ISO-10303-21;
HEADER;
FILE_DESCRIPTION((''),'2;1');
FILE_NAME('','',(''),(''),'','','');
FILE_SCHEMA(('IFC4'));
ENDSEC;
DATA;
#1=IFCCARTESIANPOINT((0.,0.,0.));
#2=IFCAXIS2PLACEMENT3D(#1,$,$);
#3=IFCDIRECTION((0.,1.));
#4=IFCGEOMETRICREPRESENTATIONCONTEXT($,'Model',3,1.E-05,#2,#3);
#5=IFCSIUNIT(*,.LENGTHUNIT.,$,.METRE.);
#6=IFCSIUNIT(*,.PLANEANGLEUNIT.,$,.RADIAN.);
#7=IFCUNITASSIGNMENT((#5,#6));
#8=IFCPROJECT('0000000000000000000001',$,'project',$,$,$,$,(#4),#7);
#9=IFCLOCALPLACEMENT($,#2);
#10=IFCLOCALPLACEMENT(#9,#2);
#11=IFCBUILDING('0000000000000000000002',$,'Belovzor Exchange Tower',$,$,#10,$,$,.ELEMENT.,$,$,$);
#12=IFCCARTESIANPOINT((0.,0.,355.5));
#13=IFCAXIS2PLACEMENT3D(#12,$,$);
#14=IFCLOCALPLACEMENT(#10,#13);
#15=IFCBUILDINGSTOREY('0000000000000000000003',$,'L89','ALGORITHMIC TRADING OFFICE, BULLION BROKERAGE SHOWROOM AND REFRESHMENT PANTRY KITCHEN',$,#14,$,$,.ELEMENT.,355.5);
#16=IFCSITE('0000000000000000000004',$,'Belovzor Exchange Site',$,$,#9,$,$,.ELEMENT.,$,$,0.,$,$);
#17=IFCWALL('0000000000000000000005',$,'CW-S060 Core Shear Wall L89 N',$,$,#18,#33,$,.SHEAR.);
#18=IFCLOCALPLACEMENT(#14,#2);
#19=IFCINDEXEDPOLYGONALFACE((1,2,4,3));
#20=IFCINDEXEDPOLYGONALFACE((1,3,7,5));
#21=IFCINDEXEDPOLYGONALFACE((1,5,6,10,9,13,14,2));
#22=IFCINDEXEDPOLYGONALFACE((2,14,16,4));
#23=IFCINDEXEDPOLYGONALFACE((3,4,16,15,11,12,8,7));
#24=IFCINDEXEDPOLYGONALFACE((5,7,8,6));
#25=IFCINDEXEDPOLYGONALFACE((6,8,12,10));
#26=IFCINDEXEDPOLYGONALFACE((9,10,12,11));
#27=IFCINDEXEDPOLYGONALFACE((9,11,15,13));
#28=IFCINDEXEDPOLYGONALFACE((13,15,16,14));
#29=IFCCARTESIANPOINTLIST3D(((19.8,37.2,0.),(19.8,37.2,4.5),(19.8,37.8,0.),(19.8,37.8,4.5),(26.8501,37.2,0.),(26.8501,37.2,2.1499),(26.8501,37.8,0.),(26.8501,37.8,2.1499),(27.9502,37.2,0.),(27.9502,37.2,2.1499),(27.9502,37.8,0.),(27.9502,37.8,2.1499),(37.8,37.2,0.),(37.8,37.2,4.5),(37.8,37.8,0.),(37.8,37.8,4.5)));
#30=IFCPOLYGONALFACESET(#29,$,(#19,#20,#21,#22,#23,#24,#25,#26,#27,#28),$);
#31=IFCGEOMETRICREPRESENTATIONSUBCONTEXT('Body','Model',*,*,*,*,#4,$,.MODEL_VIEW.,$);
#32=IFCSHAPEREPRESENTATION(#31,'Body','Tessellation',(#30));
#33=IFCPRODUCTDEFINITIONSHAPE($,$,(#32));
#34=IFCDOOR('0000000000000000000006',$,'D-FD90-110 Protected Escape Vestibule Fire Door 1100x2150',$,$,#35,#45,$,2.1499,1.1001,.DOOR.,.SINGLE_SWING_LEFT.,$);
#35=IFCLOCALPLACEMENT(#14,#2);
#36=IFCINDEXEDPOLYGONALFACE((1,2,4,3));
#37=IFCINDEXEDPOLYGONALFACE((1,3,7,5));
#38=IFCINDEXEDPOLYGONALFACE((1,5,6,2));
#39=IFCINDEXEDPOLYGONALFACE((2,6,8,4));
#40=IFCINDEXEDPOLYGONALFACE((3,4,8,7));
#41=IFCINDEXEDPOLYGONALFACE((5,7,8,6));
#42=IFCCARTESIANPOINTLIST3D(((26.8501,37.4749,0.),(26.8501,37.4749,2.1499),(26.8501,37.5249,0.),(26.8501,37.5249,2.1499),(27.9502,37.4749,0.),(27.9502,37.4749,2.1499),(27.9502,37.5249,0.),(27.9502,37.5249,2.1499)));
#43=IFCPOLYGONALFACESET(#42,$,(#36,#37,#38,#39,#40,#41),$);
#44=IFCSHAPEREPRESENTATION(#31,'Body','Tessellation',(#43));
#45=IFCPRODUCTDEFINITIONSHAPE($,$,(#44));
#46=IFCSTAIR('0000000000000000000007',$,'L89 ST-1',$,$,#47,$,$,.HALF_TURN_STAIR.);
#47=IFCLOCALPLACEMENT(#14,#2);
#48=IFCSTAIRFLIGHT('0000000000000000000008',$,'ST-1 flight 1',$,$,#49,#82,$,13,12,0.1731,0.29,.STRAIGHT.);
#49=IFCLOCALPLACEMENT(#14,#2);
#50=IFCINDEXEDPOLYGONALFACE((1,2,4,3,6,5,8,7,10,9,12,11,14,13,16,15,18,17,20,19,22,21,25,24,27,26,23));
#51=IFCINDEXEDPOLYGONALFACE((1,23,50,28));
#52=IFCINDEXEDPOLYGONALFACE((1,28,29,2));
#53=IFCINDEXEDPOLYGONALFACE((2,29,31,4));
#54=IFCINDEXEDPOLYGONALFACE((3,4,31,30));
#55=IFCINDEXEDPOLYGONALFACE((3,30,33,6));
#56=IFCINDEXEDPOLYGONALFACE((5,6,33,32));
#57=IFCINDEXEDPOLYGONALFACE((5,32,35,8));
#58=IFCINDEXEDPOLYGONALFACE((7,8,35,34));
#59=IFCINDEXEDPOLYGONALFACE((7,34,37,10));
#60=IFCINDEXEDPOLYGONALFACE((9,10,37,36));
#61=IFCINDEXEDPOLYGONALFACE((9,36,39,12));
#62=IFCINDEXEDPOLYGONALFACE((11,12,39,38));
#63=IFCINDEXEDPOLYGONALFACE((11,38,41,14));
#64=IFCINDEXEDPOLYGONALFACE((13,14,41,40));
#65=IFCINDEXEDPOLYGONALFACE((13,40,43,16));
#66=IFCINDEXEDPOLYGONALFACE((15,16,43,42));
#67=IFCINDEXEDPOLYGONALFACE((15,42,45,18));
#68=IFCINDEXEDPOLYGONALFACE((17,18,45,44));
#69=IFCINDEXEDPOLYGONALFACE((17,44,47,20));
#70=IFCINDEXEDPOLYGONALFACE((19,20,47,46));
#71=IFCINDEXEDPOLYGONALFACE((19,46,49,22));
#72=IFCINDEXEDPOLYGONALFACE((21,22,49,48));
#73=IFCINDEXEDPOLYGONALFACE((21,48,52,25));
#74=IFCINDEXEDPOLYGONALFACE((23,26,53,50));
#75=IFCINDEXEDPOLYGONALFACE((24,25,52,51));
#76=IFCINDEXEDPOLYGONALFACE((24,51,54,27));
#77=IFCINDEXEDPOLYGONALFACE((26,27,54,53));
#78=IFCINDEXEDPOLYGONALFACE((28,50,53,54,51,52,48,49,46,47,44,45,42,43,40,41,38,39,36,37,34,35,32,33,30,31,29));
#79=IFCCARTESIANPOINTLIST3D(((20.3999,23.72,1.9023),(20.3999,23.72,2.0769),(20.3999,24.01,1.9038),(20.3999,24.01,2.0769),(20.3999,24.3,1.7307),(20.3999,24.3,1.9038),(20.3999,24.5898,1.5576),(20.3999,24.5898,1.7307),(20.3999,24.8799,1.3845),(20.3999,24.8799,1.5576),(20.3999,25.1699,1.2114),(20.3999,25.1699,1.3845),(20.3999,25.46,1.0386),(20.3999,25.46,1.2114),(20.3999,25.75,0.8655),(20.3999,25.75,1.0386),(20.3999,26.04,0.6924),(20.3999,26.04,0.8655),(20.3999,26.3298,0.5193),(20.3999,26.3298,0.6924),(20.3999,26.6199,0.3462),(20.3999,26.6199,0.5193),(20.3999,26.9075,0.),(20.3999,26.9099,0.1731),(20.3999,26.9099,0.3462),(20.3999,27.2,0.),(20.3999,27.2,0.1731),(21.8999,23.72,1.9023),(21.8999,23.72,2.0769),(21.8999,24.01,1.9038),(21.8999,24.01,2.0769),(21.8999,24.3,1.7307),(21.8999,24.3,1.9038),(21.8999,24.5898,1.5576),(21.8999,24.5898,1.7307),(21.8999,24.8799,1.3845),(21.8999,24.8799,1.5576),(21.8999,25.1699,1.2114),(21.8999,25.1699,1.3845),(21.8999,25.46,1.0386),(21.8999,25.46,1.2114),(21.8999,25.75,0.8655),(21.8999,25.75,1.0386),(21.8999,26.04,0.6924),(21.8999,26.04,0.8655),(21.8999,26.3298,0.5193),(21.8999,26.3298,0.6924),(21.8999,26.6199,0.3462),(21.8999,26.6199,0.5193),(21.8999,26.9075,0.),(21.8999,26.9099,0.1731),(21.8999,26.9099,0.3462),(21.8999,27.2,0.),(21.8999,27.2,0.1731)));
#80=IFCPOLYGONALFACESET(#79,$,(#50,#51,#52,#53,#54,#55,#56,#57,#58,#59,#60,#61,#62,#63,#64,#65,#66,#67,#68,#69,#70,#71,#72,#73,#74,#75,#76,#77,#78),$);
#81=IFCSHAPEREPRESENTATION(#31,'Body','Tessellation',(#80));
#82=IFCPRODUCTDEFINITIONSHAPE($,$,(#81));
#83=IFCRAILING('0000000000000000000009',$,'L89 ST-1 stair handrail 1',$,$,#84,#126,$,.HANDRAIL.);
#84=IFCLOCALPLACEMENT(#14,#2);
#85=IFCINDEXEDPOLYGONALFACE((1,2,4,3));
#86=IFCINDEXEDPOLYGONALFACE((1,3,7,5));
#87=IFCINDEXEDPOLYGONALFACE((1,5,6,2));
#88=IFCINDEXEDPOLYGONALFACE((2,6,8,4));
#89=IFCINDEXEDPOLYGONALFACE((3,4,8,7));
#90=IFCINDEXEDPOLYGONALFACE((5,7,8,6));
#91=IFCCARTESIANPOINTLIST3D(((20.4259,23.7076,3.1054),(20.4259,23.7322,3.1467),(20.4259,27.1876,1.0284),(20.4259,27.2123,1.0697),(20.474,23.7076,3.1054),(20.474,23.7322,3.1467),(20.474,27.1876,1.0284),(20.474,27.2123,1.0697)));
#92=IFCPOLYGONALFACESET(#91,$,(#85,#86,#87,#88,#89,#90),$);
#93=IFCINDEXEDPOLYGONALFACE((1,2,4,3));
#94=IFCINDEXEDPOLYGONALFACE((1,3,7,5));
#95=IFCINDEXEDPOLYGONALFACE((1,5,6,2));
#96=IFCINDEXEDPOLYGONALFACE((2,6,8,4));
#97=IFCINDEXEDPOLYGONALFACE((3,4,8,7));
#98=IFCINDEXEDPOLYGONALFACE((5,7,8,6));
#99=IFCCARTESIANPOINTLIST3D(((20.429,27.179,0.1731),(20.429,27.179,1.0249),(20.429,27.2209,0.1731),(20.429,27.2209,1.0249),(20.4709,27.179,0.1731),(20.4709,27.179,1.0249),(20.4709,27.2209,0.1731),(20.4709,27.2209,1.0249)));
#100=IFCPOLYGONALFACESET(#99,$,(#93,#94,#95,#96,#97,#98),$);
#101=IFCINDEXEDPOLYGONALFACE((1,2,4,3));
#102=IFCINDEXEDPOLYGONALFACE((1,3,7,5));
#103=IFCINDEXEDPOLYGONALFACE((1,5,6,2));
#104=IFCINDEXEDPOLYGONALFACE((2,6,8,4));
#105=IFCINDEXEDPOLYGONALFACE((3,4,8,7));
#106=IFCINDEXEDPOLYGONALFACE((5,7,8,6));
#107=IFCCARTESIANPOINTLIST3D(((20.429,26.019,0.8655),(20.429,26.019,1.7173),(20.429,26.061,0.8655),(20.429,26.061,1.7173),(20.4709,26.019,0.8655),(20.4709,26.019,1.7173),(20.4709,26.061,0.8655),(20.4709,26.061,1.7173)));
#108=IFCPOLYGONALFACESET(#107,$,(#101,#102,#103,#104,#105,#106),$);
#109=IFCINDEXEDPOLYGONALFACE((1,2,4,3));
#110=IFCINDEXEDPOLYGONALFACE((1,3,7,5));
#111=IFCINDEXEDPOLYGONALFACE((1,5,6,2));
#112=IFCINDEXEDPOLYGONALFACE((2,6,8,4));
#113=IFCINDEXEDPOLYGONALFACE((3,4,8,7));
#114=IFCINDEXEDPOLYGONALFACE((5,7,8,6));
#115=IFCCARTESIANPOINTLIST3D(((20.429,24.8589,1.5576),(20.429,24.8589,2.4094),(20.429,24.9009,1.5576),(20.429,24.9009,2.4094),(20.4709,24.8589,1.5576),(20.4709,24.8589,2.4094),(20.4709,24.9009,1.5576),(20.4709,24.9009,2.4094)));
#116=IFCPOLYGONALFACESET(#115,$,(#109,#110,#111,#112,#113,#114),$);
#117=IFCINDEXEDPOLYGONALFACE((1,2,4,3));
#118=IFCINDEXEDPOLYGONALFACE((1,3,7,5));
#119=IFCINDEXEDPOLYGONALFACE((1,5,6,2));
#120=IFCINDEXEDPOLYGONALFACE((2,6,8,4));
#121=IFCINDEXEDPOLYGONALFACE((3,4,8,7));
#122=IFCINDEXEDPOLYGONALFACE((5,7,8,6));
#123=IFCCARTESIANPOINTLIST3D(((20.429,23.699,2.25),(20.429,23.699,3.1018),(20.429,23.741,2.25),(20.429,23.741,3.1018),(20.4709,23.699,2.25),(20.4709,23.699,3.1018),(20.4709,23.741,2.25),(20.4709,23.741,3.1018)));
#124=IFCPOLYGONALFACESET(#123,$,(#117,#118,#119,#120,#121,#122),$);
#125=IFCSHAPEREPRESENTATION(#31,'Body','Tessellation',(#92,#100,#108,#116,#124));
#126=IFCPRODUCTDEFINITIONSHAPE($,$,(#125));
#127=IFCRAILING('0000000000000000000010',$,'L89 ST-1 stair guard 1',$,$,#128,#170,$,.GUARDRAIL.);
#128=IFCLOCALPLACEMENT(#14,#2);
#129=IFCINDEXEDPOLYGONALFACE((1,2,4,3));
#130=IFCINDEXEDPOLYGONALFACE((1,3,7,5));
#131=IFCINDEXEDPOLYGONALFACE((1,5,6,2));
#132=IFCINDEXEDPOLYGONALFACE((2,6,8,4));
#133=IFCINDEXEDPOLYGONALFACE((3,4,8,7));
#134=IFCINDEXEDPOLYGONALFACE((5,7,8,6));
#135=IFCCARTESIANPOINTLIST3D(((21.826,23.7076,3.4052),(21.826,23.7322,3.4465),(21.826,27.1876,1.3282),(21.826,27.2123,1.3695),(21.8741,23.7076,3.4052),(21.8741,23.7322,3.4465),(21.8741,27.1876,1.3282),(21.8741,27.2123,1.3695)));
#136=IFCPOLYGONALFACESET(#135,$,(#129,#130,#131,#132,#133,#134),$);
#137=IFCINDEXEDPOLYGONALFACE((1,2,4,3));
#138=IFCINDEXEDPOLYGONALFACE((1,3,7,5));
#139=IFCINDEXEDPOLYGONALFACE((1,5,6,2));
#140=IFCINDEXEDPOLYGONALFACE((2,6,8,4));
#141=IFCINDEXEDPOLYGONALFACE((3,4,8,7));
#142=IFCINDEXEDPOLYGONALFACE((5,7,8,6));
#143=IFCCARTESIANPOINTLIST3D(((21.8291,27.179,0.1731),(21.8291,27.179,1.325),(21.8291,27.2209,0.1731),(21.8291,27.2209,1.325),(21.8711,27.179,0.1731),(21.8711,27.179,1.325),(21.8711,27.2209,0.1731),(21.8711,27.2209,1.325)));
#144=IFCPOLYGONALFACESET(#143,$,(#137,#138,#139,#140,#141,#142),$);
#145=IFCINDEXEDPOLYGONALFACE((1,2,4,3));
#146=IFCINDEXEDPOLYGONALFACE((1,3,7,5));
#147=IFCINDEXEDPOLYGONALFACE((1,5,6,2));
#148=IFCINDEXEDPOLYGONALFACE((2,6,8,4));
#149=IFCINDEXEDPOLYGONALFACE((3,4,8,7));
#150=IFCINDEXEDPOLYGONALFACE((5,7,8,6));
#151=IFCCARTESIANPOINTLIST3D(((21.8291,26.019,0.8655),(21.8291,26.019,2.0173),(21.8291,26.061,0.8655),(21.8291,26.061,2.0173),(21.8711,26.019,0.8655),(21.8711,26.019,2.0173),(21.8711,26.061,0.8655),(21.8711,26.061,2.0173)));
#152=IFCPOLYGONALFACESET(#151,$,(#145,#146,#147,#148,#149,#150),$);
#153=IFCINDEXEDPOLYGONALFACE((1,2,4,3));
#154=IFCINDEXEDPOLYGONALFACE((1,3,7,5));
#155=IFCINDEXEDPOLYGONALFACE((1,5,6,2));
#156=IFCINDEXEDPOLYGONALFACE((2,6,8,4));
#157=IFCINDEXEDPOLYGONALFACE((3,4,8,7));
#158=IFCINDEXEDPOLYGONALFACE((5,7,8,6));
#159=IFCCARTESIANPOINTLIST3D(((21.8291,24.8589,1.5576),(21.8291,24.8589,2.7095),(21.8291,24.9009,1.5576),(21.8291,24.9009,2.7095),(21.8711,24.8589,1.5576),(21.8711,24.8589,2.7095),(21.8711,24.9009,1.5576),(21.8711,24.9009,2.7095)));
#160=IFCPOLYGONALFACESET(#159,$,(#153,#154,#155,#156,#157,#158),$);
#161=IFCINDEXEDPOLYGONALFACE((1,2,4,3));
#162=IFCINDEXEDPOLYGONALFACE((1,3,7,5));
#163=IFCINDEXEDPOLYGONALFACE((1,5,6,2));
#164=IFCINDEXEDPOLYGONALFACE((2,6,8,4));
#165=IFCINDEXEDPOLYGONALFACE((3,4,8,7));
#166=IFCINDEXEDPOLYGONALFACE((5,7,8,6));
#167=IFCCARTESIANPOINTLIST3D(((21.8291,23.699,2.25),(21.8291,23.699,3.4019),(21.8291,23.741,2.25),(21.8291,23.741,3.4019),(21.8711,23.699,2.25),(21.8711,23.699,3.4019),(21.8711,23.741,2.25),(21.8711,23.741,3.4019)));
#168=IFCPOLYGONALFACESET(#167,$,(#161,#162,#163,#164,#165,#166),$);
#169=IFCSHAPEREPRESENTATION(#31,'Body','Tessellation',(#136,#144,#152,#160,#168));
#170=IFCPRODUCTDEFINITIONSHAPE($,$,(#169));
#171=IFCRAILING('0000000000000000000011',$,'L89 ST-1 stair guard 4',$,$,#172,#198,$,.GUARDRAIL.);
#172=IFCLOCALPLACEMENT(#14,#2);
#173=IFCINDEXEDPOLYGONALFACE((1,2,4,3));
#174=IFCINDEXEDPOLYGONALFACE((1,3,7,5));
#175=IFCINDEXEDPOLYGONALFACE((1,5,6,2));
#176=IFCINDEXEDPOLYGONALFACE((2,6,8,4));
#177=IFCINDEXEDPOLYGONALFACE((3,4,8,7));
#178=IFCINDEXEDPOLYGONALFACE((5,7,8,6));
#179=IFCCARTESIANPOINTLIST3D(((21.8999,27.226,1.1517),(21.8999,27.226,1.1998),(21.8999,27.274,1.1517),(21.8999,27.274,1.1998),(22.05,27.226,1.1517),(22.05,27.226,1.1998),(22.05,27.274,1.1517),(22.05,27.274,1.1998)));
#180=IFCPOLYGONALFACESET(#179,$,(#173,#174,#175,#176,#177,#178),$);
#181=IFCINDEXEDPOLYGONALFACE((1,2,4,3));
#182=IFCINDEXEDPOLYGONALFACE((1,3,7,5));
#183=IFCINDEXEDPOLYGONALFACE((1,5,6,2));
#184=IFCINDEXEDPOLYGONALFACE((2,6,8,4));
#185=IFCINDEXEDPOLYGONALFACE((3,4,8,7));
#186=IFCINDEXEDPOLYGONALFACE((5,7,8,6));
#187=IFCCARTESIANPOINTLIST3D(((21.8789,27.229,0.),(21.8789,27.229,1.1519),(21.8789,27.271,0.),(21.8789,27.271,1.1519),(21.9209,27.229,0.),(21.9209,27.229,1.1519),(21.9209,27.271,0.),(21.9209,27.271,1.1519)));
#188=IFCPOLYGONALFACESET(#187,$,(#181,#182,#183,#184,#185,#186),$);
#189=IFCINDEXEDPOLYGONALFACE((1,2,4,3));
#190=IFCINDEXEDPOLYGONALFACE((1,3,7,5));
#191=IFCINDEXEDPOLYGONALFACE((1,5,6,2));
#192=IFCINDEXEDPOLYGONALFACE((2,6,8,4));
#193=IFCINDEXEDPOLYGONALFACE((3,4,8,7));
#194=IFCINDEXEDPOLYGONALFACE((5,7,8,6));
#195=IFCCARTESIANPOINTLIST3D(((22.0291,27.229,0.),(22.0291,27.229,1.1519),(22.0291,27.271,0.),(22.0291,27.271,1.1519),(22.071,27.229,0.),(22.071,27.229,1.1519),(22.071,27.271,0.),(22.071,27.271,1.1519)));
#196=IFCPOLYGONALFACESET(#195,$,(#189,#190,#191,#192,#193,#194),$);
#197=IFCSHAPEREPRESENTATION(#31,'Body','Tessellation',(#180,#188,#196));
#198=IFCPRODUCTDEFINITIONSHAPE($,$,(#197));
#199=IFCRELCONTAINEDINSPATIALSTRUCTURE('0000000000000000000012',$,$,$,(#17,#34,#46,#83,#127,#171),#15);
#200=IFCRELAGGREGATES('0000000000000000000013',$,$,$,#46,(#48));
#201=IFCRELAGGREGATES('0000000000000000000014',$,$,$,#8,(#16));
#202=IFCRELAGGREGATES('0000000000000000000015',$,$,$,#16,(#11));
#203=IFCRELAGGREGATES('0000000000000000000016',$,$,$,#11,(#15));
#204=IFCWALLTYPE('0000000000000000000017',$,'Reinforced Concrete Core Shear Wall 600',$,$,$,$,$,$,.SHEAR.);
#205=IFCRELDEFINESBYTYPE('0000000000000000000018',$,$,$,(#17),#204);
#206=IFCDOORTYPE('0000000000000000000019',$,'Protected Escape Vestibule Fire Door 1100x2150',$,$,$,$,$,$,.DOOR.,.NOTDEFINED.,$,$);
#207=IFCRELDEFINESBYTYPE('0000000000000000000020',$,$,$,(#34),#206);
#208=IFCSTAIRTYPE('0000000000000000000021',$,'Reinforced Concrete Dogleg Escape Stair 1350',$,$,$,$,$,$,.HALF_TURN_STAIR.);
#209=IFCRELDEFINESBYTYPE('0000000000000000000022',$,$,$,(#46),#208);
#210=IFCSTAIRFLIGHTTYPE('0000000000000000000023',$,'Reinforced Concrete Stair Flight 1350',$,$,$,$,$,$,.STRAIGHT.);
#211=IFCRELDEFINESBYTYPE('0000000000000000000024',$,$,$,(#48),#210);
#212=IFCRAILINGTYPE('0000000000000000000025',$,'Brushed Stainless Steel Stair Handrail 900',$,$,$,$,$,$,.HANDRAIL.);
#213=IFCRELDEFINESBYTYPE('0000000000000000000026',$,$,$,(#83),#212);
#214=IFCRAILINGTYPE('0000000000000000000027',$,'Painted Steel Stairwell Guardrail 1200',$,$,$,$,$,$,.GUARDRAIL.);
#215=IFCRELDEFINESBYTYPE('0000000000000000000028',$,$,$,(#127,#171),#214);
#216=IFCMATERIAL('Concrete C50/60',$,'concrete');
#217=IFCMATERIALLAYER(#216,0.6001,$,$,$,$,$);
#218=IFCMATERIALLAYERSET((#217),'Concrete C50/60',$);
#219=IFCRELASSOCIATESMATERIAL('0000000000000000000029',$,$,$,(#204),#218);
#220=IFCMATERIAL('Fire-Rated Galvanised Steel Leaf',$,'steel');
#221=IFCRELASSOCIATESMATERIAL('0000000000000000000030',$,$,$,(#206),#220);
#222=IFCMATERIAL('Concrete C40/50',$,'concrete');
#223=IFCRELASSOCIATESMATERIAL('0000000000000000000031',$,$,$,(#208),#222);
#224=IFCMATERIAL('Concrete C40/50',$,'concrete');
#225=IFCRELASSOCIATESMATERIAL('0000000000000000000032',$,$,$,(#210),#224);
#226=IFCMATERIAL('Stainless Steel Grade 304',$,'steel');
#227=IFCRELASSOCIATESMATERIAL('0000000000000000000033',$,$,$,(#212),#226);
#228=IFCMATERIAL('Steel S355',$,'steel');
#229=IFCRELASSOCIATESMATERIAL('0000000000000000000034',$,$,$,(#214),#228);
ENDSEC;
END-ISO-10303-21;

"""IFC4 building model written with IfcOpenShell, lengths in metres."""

from ifc_helpers import new_model, si_unit, direction, frame, frame_2d, origin, origin_2d, place, context, subcontext, project, spatial, polyline, rectangle, outline, extrude, material, layer, layer_set, type_object, element, fill, aggregate, save


model = new_model("IFC4")

# Units and contexts
model_context = context("Model", 3, precision=1e-05, world=origin(), true_north=direction((0.0, 1.0)))
body_context = subcontext(model_context, "Body", "Model", "MODEL_VIEW")
ifc_project = project(units=[si_unit("LENGTHUNIT", "METRE"), si_unit("PLANEANGLEUNIT", "RADIAN")], contexts=[model_context])

# Site, building, storey
site_placement = place(None, origin())
site = spatial("IfcSite", under=ifc_project, at=site_placement, Name="Belovzor Exchange Site", CompositionType="ELEMENT", RefElevation=0.0)
building_placement = place(site_placement, origin())
building = spatial("IfcBuilding", under=site, at=building_placement, Name="Belovzor Exchange Tower", CompositionType="ELEMENT")
storey_placement = place(building_placement, frame((0.0, 0.0, 355.5)))
storey = spatial("IfcBuildingStorey", under=building, at=storey_placement, Name="L89", Description="ALGORITHMIC TRADING OFFICE, BULLION BROKERAGE SHOWROOM AND REFRESHMENT PANTRY KITCHEN", CompositionType="ELEMENT", Elevation=355.5)

# Wall, opening, door
ifc_material_1 = material(Name="Concrete C50/60", Category="concrete")
ifc_layer_1 = layer(ifc_material_1, 0.6001)
ifc_layer_set_1 = layer_set([ifc_layer_1], Name="Concrete C50/60")
wall_type_1 = type_object("IfcWallType", Name="Reinforced Concrete Core Shear Wall 600", PredefinedType="SHEAR", material=ifc_layer_set_1)
wall_1_placement = place(storey_placement, frame((19.8, 37.5, 0.0), z_axis=(0.0, 0.0, 1.0), x_axis=(1.0, 0.0, 0.0)))
wall_1 = element("IfcWall", 1, at=wall_1_placement, inside=storey, type_object=wall_type_1, Name="CW-S060 Core Shear Wall L89 N", PredefinedType="SHEAR", context=body_context, shape_type="SweptSolid", body=[
    extrude(rectangle(XDim=18.0, YDim=0.6001, at=frame_2d((9.0, 0.0))), origin(), (0.0, 0.0, 1.0), 4.5),
])
opening_1_placement = place(wall_1_placement, frame((7.05, 0.0, 0.0)))
opening_1 = element("IfcOpeningElement", 2, at=opening_1_placement, cuts=wall_1, PredefinedType="OPENING", context=body_context, shape_type="SweptSolid", body=[
    extrude(rectangle(XDim=1.1001, YDim=2.1499, at=frame_2d((0.55, 1.075))), frame((0.0, 0.3101, 0.0), z_axis=(0.0, -1.0, 0.0), x_axis=(1.0, 0.0, 0.0)), (0.0, 0.0, 1.0), 0.6201),
])
ifc_material_2 = material(Name="Fire-Rated Galvanised Steel Leaf", Category="steel")
door_type_1 = type_object("IfcDoorType", Name="Protected Escape Vestibule Fire Door 1100x2150", OperationType="NOTDEFINED", PredefinedType="DOOR", material=ifc_material_2)
door_1_placement = place(opening_1_placement, origin())
door_1 = element("IfcDoor", 3, at=door_1_placement, inside=storey, type_object=door_type_1, Name="D-FD90-110 Protected Escape Vestibule Fire Door 1100x2150", OperationType="SINGLE_SWING_LEFT", OverallHeight=2.1499, OverallWidth=1.1001, PredefinedType="DOOR", context=body_context, shape_type="SweptSolid", body=[
    extrude(rectangle(XDim=1.1001, YDim=2.1499, at=frame_2d((0.55, 1.075))), frame((0.0, 0.0249, 0.0), z_axis=(0.0, -1.0, 0.0), x_axis=(1.0, 0.0, 0.0)), (0.0, 0.0, 1.0), 0.05),
])
fill(opening_1, door_1)

# Stair, stair flight
ifc_material_3 = material(Name="Concrete C40/50", Category="concrete")
stair_type = type_object("IfcStairType", Name="Reinforced Concrete Dogleg Escape Stair 1350", PredefinedType="HALF_TURN_STAIR", material=ifc_material_3)
stair_placement = place(storey_placement, origin())
stair = element("IfcStair", 4, at=stair_placement, inside=storey, type_object=stair_type, Name="L89 ST-1", PredefinedType="HALF_TURN_STAIR")
ifc_material_4 = material(Name="Concrete C40/50", Category="concrete")
stair_flight_type = type_object("IfcStairFlightType", Name="Reinforced Concrete Stair Flight 1350", PredefinedType="STRAIGHT", material=ifc_material_4)
stair_flight_placement = place(storey_placement, frame((21.1499, 27.2, 0.0), z_axis=(0.0, 0.0, 1.0), x_axis=(0.0, -1.0, 0.0)))
stair_flight = element("IfcStairFlight", 5, at=stair_flight_placement, type_object=stair_flight_type, Name="ST-1 flight 1", NumberOfRisers=13, NumberOfTreads=12, PredefinedType="STRAIGHT", RiserHeight=0.1731, TreadLength=0.29, context=body_context, shape_type="SweptSolid", body=[
    extrude(outline(polyline([(0.0, 0.0), (0.0, 0.1731), (0.29, 0.1731), (0.29, 0.3462), (0.5801, 0.3462), (0.5801, 0.5193), (0.8701, 0.5193), (0.8701, 0.6924), (1.1599, 0.6924), (1.1599, 0.8655), (1.45, 0.8655), (1.45, 1.0386), (1.74, 1.0386), (1.74, 1.2114), (2.03, 1.2114), (2.03, 1.3845), (2.3201, 1.3845), (2.3201, 1.5576), (2.6101, 1.5576), (2.6101, 1.7307), (2.8999, 1.7307), (2.8999, 1.9038), (3.1899, 1.9038), (3.1899, 2.0769), (3.48, 2.0769), (3.48, 2.25), (3.48, 1.9023), (0.2925, 0.0), (0.0, 0.0)])), frame((0.0, 0.75, 0.0), z_axis=(0.0, -1.0, 0.0), x_axis=(1.0, 0.0, 0.0)), (0.0, 0.0, 1.0), 1.5),
])
aggregate(stair, [stair_flight])

# Railings
ifc_material_5 = material(Name="Stainless Steel Grade 304", Category="steel")
railing_type_1 = type_object("IfcRailingType", Name="Brushed Stainless Steel Stair Handrail 900", PredefinedType="HANDRAIL", material=ifc_material_5)
railing_1_placement = place(storey_placement, frame((20.45, 27.2, 0.1731)))
element("IfcRailing", 6, at=railing_1_placement, inside=storey, type_object=railing_type_1, Name="L89 ST-1 stair handrail 1", PredefinedType="HANDRAIL", context=body_context, shape_type="SweptSolid", body=[
    extrude(rectangle(XDim=0.0481, YDim=0.0481, at=origin_2d()), frame((0.0, 0.0, 0.876), z_axis=(0.0, -0.858697, 0.512483), x_axis=(1.0, 0.0, 0.0)), (0.0, 0.0, 1.0), 4.0527),
    extrude(rectangle(XDim=0.042, YDim=0.042, at=origin_2d()), origin(), (0.0, 0.0, 1.0), 0.8518),
    extrude(rectangle(XDim=0.042, YDim=0.042, at=origin_2d()), frame((0.0, -1.1599, 0.6924)), (0.0, 0.0, 1.0), 0.8518),
    extrude(rectangle(XDim=0.042, YDim=0.042, at=origin_2d()), frame((0.0, -2.3201, 1.3845)), (0.0, 0.0, 1.0), 0.8518),
    extrude(rectangle(XDim=0.042, YDim=0.042, at=origin_2d()), frame((0.0, -3.48, 2.0769)), (0.0, 0.0, 1.0), 0.8518),
])
ifc_material_6 = material(Name="Steel S355", Category="steel")
railing_type_2 = type_object("IfcRailingType", Name="Painted Steel Stairwell Guardrail 1200", PredefinedType="GUARDRAIL", material=ifc_material_6)
railing_2_placement = place(storey_placement, frame((21.8501, 27.2, 0.1731)))
element("IfcRailing", 7, at=railing_2_placement, inside=storey, type_object=railing_type_2, Name="L89 ST-1 stair guard 1", PredefinedType="GUARDRAIL", context=body_context, shape_type="SweptSolid", body=[
    extrude(rectangle(XDim=0.0481, YDim=0.0481, at=origin_2d()), frame((0.0, 0.0, 1.1758), z_axis=(0.0, -0.858697, 0.512483), x_axis=(1.0, 0.0, 0.0)), (0.0, 0.0, 1.0), 4.0527),
    extrude(rectangle(XDim=0.042, YDim=0.042, at=origin_2d()), origin(), (0.0, 0.0, 1.0), 1.1519),
    extrude(rectangle(XDim=0.042, YDim=0.042, at=origin_2d()), frame((0.0, -1.1599, 0.6924)), (0.0, 0.0, 1.0), 1.1519),
    extrude(rectangle(XDim=0.042, YDim=0.042, at=origin_2d()), frame((0.0, -2.3201, 1.3845)), (0.0, 0.0, 1.0), 1.1519),
    extrude(rectangle(XDim=0.042, YDim=0.042, at=origin_2d()), frame((0.0, -3.48, 2.0769)), (0.0, 0.0, 1.0), 1.1519),
])
railing_3_placement = place(storey_placement, frame((21.8999, 27.25, 0.0)))
element("IfcRailing", 8, at=railing_3_placement, inside=storey, type_object=railing_type_2, Name="L89 ST-1 stair guard 4", PredefinedType="GUARDRAIL", context=body_context, shape_type="SweptSolid", body=[
    extrude(rectangle(XDim=0.0481, YDim=0.0481, at=origin_2d()), frame((0.0, 0.0, 1.1758), z_axis=(1.0, 0.0, 0.0), x_axis=(0.0, 1.0, 0.0)), (0.0, 0.0, 1.0), 0.1501),
    extrude(rectangle(XDim=0.042, YDim=0.042, at=origin_2d()), origin(), (0.0, 0.0, 1.0), 1.1519),
    extrude(rectangle(XDim=0.042, YDim=0.042, at=origin_2d()), frame((0.1501, 0.0, 0.0)), (0.0, 0.0, 1.0), 1.1519),
])

save(model, "model.ifc")
